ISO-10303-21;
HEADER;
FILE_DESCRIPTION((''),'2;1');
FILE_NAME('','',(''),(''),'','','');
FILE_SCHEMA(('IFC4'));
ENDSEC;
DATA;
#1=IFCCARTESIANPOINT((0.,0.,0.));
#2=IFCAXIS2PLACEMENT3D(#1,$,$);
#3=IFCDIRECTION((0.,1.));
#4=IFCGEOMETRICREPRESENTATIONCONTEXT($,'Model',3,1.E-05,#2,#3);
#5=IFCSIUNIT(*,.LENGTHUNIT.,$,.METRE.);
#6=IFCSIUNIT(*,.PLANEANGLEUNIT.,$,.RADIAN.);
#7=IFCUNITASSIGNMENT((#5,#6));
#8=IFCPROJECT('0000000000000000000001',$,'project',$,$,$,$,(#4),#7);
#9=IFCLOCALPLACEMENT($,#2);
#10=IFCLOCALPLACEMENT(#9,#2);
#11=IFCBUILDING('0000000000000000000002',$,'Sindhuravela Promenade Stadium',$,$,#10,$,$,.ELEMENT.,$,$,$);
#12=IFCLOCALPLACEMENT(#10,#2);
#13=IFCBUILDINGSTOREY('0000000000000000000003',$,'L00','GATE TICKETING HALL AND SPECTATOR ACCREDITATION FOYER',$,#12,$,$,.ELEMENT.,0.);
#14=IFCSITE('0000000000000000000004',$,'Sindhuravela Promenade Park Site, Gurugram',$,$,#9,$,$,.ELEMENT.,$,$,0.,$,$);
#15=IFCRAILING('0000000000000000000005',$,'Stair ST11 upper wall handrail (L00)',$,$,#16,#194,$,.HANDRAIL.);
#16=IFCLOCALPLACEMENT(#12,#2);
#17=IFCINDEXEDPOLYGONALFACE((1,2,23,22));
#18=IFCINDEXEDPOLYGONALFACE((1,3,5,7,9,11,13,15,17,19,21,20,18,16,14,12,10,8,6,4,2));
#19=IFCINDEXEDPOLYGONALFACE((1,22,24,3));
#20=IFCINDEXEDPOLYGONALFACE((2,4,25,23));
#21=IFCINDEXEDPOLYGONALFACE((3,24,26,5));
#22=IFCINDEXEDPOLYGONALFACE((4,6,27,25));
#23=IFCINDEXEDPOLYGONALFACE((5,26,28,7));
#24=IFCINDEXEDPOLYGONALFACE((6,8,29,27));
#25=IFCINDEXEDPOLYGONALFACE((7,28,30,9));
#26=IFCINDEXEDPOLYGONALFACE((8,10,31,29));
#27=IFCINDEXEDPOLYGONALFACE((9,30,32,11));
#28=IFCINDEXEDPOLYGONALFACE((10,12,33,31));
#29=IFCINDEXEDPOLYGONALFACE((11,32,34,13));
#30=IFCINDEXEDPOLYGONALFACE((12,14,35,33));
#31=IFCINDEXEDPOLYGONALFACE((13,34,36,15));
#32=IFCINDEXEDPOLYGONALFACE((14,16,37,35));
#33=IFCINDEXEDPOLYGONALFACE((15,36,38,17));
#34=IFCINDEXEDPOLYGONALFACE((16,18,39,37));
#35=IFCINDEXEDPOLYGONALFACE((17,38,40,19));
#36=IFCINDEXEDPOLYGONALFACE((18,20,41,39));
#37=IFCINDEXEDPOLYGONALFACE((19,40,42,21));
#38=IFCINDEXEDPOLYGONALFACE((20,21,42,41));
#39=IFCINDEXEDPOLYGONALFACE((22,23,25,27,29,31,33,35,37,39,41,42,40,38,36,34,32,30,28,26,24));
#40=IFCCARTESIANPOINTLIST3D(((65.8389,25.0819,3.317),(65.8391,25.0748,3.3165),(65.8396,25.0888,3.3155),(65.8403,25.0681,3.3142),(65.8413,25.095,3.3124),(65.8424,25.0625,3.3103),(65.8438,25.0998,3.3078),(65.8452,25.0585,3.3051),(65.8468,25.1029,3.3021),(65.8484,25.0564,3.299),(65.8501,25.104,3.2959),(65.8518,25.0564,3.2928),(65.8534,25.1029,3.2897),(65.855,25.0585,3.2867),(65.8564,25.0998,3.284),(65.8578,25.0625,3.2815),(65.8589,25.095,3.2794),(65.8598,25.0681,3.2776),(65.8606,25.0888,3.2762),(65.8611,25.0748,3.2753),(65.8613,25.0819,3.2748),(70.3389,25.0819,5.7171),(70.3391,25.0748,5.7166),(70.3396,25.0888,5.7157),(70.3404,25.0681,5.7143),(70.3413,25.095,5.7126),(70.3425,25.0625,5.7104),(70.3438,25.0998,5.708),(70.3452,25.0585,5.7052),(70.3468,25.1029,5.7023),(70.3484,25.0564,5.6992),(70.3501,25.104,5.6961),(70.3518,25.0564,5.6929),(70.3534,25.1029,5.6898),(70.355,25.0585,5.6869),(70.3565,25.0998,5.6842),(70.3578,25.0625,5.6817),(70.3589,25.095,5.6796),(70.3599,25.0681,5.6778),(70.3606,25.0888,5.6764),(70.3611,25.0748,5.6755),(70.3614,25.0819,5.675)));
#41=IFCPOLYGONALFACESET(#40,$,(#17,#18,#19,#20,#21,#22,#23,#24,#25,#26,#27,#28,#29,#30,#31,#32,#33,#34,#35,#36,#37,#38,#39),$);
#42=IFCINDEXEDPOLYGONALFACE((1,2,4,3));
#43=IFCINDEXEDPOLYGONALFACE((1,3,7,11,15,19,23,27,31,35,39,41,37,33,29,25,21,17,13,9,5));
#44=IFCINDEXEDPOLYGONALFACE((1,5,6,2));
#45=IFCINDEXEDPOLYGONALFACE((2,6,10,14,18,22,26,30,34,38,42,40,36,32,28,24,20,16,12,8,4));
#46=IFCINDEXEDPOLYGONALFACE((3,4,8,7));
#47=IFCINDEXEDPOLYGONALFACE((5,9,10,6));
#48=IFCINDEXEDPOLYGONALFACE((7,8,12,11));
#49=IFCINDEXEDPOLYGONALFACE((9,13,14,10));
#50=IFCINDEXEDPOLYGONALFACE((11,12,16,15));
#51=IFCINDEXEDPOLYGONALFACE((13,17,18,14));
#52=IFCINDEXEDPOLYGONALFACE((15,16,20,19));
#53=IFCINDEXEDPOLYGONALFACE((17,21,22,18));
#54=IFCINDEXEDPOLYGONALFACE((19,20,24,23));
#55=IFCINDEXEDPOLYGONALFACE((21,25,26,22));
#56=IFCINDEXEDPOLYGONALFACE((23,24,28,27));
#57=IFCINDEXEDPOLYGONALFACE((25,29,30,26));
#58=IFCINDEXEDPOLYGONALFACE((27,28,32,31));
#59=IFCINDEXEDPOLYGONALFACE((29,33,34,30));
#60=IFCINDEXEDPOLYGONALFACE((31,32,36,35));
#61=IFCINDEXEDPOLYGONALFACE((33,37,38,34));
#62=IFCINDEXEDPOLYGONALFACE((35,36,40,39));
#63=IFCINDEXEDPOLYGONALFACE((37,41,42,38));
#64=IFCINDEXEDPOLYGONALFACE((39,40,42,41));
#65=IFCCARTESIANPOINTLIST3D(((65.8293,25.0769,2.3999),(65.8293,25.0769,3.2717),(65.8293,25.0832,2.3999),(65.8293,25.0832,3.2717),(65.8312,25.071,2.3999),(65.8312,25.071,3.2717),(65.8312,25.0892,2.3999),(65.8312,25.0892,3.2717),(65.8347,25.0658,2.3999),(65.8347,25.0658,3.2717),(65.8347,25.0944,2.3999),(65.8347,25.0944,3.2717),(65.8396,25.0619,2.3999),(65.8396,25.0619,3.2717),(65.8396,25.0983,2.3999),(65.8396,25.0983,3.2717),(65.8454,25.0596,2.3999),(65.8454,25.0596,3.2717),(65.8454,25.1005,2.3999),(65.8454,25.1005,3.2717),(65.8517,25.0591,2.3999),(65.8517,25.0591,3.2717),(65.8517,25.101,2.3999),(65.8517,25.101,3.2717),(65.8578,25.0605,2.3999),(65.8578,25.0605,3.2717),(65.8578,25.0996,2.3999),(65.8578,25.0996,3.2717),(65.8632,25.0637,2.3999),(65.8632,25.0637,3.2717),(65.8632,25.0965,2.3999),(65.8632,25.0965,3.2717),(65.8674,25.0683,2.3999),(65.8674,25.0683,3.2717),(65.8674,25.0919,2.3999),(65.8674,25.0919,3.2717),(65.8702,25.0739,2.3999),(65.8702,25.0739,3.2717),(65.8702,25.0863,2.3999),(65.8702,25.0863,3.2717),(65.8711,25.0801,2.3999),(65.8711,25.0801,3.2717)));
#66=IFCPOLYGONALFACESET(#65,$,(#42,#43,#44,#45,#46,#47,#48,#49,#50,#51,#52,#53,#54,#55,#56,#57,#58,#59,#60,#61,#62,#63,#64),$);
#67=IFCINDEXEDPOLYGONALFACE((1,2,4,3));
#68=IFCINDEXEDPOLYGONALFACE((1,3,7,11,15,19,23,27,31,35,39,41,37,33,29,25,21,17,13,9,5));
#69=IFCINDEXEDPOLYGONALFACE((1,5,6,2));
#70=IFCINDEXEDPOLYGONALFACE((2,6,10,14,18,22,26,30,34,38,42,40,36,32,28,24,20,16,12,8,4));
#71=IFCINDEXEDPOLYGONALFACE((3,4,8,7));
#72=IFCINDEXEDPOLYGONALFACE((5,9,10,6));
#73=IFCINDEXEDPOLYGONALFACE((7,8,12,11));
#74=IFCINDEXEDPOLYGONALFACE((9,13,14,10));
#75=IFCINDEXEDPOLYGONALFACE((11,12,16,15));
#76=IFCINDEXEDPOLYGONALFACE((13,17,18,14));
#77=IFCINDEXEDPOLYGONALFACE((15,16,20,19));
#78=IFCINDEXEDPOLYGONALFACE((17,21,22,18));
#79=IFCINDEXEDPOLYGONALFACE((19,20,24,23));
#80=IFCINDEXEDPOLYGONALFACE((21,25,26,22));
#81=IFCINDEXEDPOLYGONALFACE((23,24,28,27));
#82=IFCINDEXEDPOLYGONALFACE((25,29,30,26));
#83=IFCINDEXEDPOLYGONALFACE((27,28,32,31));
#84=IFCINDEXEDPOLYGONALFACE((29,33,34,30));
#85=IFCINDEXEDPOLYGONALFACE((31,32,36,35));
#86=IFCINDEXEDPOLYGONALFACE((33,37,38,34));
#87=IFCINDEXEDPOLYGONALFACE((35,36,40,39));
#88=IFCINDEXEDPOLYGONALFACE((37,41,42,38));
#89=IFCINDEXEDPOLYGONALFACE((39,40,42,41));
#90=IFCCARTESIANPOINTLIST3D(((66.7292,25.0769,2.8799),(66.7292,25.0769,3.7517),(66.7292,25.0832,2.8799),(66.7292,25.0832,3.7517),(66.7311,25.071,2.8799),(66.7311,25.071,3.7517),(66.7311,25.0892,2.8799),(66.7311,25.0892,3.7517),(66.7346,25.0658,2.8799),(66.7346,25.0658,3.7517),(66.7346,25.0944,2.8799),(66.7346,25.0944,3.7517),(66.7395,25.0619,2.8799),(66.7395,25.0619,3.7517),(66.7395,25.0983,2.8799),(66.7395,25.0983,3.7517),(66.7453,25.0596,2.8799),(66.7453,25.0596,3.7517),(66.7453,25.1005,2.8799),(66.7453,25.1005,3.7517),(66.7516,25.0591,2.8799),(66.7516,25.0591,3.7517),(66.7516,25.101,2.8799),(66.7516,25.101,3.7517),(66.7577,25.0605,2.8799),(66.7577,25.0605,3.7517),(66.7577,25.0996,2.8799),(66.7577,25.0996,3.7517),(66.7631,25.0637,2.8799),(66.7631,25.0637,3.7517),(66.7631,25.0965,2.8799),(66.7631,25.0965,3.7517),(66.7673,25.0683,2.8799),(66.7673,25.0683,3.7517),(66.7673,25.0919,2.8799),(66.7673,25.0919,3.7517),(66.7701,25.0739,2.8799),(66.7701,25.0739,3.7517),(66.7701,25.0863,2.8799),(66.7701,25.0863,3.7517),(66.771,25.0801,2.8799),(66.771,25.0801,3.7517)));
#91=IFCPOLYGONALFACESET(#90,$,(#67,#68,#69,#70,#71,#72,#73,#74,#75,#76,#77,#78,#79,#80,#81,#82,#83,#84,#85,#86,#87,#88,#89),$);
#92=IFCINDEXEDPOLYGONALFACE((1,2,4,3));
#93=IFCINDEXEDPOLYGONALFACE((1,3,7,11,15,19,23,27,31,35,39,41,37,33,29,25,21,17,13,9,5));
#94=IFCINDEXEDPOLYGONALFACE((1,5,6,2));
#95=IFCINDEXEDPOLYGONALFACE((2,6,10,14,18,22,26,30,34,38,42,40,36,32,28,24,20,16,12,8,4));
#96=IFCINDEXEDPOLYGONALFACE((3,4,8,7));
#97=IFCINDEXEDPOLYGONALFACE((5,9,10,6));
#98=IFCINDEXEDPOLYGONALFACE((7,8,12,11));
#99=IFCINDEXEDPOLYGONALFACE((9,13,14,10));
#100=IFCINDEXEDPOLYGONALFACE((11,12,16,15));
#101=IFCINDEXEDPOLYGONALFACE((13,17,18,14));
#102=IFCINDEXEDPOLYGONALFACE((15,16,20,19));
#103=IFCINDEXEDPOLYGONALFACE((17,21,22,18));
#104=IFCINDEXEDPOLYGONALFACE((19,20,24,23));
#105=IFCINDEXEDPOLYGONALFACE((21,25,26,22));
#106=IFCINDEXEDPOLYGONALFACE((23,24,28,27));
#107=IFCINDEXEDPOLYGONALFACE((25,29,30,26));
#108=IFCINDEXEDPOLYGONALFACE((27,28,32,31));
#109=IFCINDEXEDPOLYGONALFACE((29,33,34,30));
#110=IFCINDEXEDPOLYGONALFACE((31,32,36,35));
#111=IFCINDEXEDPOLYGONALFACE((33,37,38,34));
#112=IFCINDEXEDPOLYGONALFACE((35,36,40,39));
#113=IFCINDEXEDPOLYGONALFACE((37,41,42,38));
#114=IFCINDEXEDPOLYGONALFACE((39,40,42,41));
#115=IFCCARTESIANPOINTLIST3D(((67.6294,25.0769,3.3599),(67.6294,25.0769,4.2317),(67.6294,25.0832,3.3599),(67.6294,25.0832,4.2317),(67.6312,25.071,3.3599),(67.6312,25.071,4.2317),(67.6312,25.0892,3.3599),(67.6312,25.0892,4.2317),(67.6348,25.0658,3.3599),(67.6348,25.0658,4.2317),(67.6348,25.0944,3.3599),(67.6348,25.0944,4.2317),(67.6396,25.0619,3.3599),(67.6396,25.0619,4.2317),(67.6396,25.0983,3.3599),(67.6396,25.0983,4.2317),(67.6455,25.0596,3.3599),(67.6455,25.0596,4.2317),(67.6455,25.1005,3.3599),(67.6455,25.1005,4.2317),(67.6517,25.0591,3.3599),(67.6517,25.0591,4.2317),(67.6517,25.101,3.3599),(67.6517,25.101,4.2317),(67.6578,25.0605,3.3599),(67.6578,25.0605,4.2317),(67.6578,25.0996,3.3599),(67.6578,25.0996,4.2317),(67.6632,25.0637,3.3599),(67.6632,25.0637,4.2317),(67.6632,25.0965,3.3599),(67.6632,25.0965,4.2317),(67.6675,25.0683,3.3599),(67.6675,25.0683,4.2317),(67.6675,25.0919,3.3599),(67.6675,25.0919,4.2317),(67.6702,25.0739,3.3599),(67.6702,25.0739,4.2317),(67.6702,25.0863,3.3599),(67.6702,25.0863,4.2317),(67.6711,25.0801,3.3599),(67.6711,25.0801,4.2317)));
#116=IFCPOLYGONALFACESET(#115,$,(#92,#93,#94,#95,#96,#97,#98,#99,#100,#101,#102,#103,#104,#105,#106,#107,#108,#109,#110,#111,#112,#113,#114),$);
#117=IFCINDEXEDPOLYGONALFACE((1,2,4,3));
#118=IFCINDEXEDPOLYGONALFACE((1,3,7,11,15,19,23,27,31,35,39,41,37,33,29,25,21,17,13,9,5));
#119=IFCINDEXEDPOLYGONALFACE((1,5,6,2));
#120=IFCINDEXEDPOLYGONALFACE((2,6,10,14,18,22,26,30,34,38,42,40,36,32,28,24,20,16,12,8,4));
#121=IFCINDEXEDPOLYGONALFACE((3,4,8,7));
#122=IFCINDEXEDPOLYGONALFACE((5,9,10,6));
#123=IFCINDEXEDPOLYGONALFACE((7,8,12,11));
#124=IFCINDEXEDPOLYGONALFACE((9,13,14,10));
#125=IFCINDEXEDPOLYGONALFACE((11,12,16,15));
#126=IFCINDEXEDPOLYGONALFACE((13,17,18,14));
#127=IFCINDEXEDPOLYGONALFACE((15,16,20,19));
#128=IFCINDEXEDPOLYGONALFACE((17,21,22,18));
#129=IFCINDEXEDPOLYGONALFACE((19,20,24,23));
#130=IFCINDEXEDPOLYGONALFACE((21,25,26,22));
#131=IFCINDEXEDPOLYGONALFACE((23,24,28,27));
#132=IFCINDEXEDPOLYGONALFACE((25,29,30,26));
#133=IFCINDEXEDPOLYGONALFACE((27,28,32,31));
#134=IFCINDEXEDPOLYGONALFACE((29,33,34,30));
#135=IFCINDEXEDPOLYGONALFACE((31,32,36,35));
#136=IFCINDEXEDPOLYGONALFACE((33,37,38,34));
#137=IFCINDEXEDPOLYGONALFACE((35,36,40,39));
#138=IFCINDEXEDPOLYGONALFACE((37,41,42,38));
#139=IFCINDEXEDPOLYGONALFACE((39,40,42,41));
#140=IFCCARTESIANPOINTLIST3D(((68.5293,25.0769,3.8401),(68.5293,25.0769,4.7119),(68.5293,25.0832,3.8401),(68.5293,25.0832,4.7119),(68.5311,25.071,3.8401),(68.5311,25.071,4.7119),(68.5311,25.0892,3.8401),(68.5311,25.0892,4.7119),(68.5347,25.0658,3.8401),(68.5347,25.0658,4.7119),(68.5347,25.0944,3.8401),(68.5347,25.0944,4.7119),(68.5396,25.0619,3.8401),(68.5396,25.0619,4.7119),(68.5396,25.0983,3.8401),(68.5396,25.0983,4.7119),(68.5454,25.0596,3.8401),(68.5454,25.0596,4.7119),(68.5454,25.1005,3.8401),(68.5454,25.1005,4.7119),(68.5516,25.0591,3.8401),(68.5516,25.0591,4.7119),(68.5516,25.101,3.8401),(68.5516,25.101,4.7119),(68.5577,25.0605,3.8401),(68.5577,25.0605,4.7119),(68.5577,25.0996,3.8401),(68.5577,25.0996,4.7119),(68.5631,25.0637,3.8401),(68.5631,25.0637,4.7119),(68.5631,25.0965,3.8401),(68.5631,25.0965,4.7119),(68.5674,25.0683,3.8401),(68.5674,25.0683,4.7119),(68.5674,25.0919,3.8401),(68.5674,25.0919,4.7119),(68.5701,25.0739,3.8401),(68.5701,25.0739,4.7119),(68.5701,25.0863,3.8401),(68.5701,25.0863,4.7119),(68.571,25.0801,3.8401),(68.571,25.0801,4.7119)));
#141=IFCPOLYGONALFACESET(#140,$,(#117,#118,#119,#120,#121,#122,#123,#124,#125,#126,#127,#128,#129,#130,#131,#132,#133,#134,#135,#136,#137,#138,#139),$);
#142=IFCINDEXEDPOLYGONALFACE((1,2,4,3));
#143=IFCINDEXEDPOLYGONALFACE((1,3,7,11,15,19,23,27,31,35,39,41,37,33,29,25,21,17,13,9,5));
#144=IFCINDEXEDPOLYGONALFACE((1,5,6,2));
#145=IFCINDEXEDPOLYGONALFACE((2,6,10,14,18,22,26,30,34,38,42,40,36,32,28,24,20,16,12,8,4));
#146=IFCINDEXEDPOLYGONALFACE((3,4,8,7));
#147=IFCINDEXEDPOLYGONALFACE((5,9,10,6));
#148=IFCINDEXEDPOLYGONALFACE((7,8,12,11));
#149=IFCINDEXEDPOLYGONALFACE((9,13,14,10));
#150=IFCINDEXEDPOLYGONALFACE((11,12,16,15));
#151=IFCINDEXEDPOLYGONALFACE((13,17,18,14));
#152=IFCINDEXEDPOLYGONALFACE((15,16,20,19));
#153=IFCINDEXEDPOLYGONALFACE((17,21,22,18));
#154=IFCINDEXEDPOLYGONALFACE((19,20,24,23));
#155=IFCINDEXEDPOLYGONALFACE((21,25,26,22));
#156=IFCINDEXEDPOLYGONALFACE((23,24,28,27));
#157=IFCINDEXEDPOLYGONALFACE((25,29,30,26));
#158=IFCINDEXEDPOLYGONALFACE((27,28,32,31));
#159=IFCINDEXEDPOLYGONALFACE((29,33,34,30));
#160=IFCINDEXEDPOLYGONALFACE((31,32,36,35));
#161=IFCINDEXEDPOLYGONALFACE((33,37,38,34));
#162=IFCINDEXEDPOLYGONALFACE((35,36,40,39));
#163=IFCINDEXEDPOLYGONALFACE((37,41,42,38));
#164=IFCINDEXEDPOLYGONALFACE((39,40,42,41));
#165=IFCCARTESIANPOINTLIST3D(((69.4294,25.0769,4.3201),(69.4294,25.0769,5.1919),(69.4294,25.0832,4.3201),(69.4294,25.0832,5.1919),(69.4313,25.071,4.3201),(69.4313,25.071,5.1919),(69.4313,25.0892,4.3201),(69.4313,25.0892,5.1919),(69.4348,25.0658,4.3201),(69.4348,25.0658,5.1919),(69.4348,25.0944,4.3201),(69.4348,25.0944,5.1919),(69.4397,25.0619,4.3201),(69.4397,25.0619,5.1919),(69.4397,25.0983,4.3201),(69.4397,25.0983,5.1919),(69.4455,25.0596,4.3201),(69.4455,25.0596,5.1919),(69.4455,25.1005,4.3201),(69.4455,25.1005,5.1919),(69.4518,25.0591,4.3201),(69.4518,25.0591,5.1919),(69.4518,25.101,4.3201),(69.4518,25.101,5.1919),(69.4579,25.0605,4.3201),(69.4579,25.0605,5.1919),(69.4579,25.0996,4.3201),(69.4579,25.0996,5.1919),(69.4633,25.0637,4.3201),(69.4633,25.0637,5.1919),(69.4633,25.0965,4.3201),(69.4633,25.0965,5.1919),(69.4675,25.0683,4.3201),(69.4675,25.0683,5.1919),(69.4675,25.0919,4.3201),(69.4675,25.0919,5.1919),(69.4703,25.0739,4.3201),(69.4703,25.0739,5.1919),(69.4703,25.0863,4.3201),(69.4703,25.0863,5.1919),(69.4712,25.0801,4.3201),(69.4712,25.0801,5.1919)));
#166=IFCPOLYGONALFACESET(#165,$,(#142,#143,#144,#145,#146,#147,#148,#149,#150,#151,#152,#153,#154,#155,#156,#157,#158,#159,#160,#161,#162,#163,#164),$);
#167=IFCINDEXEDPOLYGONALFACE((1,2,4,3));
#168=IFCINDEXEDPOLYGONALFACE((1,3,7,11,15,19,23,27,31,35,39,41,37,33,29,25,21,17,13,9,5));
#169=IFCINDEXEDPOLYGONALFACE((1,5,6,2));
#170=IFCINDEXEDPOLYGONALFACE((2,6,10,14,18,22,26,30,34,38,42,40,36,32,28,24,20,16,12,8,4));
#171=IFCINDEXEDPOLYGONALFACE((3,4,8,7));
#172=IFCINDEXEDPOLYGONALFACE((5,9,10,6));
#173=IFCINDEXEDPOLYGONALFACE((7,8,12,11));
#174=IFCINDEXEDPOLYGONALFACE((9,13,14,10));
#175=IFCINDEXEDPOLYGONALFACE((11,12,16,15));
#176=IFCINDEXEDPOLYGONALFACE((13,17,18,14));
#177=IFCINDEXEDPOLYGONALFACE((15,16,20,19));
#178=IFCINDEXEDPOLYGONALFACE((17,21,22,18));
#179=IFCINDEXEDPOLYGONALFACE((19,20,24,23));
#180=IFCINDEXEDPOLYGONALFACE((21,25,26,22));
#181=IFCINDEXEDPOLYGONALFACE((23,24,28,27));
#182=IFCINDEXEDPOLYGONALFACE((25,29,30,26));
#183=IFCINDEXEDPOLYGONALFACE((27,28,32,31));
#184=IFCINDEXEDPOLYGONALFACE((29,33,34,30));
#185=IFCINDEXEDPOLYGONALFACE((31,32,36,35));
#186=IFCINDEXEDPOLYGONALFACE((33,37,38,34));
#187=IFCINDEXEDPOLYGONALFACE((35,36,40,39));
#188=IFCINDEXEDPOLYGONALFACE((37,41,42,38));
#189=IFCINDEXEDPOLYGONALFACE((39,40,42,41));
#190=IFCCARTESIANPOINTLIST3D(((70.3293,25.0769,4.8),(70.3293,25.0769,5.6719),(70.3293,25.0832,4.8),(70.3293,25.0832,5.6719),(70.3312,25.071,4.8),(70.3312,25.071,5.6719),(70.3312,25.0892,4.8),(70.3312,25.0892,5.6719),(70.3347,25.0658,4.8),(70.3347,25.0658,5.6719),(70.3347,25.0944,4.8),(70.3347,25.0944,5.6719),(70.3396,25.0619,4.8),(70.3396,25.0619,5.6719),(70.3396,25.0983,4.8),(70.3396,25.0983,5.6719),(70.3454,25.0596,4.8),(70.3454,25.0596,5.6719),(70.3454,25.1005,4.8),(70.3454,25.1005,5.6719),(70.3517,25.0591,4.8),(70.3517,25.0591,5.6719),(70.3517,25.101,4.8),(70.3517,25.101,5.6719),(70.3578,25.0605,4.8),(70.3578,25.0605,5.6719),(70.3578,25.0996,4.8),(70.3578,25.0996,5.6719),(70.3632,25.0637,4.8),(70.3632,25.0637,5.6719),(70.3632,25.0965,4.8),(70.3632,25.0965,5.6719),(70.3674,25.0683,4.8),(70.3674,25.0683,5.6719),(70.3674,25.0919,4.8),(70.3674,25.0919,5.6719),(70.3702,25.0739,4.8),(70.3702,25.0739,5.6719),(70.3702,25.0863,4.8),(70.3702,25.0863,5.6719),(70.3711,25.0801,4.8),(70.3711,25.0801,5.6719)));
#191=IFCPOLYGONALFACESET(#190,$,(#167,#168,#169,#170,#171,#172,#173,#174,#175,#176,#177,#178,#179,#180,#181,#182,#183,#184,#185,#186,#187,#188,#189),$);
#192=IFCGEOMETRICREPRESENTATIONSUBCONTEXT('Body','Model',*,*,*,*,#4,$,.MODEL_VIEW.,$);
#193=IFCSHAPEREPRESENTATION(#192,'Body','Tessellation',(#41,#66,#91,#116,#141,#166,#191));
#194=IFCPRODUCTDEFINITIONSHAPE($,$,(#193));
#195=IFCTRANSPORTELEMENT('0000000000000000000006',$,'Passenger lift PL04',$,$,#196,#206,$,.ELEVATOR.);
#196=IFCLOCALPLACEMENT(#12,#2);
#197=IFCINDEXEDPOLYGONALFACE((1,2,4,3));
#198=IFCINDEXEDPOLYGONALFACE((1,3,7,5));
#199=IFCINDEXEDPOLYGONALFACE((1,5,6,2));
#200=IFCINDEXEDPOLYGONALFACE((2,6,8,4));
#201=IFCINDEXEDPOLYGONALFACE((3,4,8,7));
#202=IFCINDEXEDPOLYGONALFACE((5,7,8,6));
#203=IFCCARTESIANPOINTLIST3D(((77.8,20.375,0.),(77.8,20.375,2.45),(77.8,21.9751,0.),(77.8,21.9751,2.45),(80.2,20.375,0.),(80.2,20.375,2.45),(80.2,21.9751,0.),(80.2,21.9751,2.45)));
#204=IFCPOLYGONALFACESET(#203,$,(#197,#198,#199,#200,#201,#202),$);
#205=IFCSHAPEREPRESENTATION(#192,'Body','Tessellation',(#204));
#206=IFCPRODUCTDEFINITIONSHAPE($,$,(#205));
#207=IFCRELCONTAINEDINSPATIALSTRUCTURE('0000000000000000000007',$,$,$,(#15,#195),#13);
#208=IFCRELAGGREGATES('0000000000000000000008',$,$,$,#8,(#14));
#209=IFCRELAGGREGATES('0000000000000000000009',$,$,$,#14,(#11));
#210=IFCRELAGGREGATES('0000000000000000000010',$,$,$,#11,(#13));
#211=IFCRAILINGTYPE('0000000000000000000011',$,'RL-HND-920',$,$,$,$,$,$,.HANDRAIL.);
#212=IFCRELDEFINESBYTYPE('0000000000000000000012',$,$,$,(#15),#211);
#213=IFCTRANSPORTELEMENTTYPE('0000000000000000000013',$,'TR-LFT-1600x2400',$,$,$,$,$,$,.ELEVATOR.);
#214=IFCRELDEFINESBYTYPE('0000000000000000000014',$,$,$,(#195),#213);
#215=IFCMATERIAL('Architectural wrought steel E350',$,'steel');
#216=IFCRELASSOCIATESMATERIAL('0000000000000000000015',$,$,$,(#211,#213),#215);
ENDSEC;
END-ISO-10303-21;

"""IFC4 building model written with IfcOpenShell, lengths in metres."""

from ifc_helpers import new_model, si_unit, direction, frame, origin, origin_2d, place, context, subcontext, project, spatial, rectangle, circle, extrude, material, type_object, element, save


model = new_model("IFC4")

# Units and contexts
model_context = context("Model", 3, precision=1e-05, world=origin(), true_north=direction((0.0, 1.0)))
body_context = subcontext(model_context, "Body", "Model", "MODEL_VIEW")
ifc_project = project(units=[si_unit("LENGTHUNIT", "METRE"), si_unit("PLANEANGLEUNIT", "RADIAN")], contexts=[model_context])

# Site, building, storey
site_placement = place(None, origin())
site = spatial("IfcSite", under=ifc_project, at=site_placement, Name="Sindhuravela Promenade Park Site, Gurugram", CompositionType="ELEMENT", RefElevation=0.0)
building_placement = place(site_placement, origin())
building = spatial("IfcBuilding", under=site, at=building_placement, Name="Sindhuravela Promenade Stadium", CompositionType="ELEMENT")
storey_placement = place(building_placement, origin())
storey = spatial("IfcBuildingStorey", under=building, at=storey_placement, Name="L00", Description="GATE TICKETING HALL AND SPECTATOR ACCREDITATION FOYER", CompositionType="ELEMENT", Elevation=0.0)

# Shared definitions
ifc_material_1 = material(Name="Architectural wrought steel E350", Category="steel")

# Railing
railing_type_1 = type_object("IfcRailingType", Name="RL-HND-920", PredefinedType="HANDRAIL", material=ifc_material_1)
railing_1_placement = place(storey_placement, frame((65.8501, 25.0801, 2.3999)))
element("IfcRailing", 1, at=railing_1_placement, inside=storey, type_object=railing_type_1, Name="Stair ST11 upper wall handrail (L00)", PredefinedType="HANDRAIL", context=body_context, shape_type="SweptSolid", body=[
    extrude(circle(Radius=0.0239, at=origin_2d()), frame((0.0, 0.0, 0.896), z_axis=(0.882341, 0.0, 0.470611), x_axis=(0.0, 1.0, 0.0)), (0.0, 0.0, 1.0), 5.1001),
    extrude(circle(Radius=0.021, at=origin_2d()), origin(), (0.0, 0.0, 1.0), 0.8718),
    extrude(circle(Radius=0.021, at=origin_2d()), frame((0.8999, 0.0, 0.48)), (0.0, 0.0, 1.0), 0.8718),
    extrude(circle(Radius=0.021, at=origin_2d()), frame((1.8, 0.0, 0.96)), (0.0, 0.0, 1.0), 0.8718),
    extrude(circle(Radius=0.021, at=origin_2d()), frame((2.7, 0.0, 1.4402)), (0.0, 0.0, 1.0), 0.8718),
    extrude(circle(Radius=0.021, at=origin_2d()), frame((3.6001, 0.0, 1.9202)), (0.0, 0.0, 1.0), 0.8718),
    extrude(circle(Radius=0.021, at=origin_2d()), frame((4.5, 0.0, 2.4001)), (0.0, 0.0, 1.0), 0.8718),
])

# Transport element
transport_element_type = type_object("IfcTransportElementType", Name="TR-LFT-1600x2400", PredefinedType="ELEVATOR", material=ifc_material_1)
transport_element_placement = place(storey_placement, frame((79.0, 21.175, 0.0), z_axis=(0.0, 0.0, 1.0), x_axis=(1.0, 0.0, 0.0)))
element("IfcTransportElement", 2, at=transport_element_placement, inside=storey, type_object=transport_element_type, Name="Passenger lift PL04", PredefinedType="ELEVATOR", context=body_context, shape_type="SweptSolid", body=[
    extrude(rectangle(XDim=2.3999, YDim=1.6001, at=origin_2d()), origin(), (0.0, 0.0, 1.0), 2.45),
])

save(model, "model.ifc")
